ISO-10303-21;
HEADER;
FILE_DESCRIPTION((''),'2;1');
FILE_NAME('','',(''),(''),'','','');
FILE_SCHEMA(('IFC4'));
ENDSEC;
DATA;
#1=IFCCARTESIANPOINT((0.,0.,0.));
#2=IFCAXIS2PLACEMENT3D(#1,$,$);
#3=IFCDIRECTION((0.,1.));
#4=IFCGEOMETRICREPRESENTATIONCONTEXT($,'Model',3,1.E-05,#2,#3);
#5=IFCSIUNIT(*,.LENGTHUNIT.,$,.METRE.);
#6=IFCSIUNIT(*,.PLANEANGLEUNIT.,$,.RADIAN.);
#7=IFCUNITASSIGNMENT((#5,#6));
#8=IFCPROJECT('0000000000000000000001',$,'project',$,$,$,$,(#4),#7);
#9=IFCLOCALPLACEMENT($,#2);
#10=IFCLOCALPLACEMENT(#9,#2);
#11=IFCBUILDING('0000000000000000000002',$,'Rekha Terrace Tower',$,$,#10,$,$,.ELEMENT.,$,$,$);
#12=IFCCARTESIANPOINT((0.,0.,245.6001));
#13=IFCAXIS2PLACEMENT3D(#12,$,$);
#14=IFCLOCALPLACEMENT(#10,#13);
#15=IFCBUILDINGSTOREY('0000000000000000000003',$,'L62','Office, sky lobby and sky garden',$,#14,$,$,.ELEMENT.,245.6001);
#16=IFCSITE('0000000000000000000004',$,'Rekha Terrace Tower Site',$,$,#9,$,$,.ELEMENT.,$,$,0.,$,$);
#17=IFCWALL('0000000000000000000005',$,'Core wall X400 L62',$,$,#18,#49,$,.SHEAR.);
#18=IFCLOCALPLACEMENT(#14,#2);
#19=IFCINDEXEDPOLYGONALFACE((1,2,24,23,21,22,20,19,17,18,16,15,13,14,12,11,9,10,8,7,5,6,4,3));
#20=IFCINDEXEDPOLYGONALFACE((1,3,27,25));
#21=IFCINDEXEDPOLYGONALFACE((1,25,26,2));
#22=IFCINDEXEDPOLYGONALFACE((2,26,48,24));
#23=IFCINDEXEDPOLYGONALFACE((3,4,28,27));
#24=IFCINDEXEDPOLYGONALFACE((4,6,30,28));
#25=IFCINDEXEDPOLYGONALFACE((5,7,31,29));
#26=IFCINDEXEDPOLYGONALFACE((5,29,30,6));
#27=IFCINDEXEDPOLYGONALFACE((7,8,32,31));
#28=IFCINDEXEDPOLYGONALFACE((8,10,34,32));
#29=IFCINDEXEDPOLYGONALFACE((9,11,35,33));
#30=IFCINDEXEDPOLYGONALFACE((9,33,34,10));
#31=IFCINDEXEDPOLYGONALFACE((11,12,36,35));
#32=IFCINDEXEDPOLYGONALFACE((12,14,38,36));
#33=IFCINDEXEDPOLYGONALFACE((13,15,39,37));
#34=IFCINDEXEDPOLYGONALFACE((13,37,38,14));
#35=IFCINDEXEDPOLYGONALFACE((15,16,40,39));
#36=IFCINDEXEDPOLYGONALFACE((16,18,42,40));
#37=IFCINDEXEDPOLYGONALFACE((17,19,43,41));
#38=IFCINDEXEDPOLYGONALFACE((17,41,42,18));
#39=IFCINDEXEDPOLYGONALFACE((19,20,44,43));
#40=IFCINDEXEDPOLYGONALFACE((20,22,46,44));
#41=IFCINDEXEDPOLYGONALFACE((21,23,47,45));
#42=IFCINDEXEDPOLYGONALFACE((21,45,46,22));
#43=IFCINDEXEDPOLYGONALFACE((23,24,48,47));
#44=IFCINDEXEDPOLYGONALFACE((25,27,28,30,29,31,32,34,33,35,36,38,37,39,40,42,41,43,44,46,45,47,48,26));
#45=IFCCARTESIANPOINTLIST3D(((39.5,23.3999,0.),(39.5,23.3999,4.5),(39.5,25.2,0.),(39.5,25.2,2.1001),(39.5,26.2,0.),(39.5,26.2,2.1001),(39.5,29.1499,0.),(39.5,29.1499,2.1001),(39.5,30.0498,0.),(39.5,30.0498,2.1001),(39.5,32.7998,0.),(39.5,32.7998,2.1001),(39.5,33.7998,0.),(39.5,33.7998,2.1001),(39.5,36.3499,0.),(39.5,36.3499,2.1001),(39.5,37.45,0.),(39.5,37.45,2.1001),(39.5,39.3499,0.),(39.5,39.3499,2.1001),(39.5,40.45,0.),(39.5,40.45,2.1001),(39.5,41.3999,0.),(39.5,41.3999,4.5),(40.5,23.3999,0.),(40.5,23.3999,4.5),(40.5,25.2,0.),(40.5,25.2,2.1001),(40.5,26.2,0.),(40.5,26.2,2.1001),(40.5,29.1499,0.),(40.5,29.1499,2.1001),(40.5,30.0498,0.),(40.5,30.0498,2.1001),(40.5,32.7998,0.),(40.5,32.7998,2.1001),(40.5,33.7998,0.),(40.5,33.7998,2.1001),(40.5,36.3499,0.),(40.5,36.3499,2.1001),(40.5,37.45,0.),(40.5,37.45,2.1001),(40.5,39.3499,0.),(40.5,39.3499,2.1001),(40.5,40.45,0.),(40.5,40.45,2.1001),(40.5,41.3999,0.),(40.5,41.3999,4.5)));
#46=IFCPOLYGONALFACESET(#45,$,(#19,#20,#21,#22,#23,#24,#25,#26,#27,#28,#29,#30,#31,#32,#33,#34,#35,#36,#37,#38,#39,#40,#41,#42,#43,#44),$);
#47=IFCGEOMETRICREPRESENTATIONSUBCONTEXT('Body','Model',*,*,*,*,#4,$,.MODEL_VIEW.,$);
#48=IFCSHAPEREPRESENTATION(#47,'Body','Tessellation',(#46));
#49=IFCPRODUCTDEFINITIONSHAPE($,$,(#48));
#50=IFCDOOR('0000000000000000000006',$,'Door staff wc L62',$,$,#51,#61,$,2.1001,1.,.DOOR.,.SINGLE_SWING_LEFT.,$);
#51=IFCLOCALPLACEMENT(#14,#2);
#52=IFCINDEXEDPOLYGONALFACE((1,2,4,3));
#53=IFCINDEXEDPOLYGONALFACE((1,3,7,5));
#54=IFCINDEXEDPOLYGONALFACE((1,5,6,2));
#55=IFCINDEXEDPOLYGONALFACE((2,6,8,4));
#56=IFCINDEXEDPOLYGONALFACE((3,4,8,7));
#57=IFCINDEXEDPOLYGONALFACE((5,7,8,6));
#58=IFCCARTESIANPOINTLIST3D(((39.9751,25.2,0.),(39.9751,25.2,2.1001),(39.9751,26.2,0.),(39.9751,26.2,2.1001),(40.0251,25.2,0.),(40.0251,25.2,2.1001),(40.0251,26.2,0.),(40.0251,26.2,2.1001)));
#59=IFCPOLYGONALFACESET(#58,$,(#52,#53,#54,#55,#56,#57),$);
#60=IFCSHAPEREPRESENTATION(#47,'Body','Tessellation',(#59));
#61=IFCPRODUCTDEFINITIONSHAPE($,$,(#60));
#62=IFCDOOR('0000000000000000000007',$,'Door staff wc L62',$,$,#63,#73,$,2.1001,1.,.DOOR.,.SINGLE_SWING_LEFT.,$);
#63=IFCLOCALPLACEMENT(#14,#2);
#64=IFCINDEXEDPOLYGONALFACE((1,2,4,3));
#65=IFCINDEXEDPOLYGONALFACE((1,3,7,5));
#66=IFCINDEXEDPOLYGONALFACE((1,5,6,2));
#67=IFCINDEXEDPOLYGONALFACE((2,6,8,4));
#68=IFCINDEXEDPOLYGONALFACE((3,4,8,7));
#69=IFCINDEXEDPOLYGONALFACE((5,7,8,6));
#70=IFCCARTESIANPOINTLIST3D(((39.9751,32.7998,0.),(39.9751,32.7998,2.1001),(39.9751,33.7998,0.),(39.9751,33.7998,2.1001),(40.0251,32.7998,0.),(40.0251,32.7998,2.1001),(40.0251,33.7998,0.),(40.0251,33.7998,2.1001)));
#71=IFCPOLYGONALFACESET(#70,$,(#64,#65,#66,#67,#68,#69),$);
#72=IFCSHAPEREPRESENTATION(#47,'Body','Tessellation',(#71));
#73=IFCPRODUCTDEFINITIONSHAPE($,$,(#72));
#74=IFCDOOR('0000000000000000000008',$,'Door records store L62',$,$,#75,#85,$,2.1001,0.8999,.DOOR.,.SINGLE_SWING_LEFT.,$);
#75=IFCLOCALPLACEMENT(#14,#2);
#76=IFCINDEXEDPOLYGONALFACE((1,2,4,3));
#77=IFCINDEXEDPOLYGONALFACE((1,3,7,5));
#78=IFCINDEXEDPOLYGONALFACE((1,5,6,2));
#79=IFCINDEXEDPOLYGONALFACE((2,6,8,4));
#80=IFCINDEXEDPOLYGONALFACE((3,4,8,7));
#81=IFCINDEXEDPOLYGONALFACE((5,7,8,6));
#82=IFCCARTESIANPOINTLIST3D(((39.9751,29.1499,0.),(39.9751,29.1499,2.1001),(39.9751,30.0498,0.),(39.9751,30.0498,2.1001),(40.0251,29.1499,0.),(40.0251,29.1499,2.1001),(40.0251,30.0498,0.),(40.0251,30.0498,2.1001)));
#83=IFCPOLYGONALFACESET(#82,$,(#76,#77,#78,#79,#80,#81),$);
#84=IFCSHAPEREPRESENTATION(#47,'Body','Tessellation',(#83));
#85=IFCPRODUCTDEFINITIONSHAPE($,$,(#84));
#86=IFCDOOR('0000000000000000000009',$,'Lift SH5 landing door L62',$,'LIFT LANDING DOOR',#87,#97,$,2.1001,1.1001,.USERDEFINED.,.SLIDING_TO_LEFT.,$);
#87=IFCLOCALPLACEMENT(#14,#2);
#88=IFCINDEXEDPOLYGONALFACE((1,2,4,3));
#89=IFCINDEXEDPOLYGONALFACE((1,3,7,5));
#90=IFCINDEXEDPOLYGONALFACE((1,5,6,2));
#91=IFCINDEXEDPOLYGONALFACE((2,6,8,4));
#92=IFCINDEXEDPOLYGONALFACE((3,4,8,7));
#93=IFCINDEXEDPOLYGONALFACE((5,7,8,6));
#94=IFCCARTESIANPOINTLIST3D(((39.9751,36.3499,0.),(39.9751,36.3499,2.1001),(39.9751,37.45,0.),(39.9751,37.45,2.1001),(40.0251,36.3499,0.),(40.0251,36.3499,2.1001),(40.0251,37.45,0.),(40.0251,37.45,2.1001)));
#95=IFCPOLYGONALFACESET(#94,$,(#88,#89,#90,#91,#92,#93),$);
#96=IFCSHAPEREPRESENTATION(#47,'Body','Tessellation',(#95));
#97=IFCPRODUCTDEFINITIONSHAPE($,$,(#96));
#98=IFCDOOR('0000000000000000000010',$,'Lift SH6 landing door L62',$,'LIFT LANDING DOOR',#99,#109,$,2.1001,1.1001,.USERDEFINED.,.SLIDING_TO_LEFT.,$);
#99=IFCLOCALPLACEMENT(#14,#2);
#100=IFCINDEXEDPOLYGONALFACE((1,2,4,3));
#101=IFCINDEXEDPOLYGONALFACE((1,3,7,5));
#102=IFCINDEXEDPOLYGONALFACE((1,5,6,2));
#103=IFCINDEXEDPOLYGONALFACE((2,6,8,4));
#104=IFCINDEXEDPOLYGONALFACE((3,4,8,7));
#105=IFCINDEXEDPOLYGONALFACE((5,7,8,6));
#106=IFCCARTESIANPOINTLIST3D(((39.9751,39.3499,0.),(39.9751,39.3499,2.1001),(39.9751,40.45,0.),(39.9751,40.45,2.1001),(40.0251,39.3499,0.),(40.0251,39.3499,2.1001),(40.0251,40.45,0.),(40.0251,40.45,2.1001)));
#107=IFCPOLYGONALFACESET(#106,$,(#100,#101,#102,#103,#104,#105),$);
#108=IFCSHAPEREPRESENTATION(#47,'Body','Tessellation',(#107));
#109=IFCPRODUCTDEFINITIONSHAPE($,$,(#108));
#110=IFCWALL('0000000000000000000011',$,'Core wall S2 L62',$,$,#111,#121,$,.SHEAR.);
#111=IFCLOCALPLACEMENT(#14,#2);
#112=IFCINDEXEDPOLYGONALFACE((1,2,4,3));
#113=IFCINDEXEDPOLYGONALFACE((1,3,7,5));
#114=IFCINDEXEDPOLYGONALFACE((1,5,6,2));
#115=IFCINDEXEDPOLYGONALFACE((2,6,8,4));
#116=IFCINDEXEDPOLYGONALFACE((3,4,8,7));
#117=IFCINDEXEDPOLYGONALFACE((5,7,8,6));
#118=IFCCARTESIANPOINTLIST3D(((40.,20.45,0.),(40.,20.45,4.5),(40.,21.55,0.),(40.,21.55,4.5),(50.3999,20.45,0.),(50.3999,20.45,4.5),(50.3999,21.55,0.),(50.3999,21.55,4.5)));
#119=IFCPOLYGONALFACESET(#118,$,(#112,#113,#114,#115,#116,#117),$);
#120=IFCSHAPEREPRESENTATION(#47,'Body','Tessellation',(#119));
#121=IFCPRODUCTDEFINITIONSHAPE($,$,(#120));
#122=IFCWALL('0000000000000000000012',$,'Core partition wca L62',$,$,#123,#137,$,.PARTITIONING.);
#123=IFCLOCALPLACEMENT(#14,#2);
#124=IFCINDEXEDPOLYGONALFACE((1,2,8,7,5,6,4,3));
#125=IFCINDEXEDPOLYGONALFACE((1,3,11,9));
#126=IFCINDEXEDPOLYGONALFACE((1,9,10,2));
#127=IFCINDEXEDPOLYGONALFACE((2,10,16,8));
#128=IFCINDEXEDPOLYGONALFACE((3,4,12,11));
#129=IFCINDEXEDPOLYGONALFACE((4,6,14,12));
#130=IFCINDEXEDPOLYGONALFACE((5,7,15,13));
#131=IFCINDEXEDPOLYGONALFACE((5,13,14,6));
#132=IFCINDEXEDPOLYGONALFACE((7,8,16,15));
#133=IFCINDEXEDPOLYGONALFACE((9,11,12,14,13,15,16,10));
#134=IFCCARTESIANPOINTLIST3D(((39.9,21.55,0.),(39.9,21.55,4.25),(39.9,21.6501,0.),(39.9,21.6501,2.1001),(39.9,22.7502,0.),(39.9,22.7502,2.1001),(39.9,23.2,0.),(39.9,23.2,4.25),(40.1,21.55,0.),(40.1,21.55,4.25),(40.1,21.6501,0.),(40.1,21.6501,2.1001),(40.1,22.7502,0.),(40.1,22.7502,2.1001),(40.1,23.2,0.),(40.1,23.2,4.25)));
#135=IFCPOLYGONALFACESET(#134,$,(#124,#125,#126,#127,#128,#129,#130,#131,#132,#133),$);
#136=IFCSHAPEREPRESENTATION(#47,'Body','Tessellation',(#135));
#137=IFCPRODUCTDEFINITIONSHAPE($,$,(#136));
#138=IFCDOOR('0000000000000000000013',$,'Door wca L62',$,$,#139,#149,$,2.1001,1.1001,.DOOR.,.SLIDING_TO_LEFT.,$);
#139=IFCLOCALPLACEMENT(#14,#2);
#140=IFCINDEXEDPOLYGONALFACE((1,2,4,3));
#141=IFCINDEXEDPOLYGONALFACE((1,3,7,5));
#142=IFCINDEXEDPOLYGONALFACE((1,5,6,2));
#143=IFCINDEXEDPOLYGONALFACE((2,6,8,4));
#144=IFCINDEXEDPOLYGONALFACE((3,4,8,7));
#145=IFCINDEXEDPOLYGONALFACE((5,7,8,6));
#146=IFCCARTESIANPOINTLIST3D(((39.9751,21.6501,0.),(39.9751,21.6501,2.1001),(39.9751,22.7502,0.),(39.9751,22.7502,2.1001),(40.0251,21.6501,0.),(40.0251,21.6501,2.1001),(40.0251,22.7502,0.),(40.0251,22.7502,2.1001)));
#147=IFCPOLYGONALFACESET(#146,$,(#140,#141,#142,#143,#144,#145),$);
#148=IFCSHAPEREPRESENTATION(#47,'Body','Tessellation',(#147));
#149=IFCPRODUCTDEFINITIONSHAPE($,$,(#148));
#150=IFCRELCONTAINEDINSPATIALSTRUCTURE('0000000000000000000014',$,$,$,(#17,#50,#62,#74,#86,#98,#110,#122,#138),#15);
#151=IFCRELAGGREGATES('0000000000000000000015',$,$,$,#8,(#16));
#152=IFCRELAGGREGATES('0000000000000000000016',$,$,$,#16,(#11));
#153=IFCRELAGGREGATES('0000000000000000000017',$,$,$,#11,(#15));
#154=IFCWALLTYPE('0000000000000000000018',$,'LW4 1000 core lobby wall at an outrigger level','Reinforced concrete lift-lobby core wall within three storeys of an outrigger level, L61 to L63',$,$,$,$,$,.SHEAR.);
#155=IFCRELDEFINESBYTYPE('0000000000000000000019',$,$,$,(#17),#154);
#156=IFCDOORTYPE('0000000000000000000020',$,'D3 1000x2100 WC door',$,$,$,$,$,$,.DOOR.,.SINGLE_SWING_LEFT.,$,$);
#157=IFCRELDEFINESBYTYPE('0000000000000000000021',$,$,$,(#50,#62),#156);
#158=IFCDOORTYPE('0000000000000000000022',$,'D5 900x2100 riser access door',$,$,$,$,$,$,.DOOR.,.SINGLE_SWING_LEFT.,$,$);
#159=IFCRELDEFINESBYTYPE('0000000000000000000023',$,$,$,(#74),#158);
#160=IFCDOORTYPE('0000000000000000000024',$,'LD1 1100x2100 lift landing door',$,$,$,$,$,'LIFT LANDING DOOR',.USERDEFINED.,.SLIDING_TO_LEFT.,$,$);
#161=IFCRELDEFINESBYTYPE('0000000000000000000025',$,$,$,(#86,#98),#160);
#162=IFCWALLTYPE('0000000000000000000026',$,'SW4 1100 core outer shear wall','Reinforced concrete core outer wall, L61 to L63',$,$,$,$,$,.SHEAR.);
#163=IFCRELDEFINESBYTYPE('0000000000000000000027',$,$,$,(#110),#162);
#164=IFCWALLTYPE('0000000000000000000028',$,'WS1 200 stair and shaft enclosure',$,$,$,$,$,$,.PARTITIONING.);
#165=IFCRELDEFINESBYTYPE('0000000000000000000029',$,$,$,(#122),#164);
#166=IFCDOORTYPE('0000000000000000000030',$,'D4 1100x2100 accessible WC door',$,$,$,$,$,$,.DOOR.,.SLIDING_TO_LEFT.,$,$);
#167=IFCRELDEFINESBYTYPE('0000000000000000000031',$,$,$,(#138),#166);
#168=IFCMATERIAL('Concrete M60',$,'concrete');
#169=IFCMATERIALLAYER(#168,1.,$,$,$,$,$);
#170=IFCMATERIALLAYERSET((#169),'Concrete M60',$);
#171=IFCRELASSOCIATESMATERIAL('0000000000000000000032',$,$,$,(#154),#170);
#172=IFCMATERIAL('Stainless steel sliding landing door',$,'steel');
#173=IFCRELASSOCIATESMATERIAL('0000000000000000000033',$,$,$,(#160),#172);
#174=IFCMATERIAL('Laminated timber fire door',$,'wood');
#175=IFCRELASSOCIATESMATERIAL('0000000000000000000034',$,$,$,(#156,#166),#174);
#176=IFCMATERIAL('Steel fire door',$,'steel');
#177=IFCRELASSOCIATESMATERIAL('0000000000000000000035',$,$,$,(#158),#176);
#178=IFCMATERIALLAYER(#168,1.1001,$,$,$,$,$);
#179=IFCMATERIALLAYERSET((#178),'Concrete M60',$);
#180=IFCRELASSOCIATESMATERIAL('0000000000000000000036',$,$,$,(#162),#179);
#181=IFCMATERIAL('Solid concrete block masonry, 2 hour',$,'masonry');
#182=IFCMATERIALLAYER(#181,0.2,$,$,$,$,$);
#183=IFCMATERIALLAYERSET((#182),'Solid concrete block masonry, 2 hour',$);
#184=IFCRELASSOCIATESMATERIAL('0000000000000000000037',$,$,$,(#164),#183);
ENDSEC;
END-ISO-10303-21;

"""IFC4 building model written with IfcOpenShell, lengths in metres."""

from ifc_helpers import new_model, si_unit, direction, frame, frame_2d, origin, place, context, subcontext, project, spatial, rectangle, extrude, material, layer, layer_set, type_object, element, fill, save


model = new_model("IFC4")

# Units and contexts
model_context = context("Model", 3, precision=1e-05, world=origin(), true_north=direction((0.0, 1.0)))
body_context = subcontext(model_context, "Body", "Model", "MODEL_VIEW")
ifc_project = project(units=[si_unit("LENGTHUNIT", "METRE"), si_unit("PLANEANGLEUNIT", "RADIAN")], contexts=[model_context])

# Site, building, storey
site_placement = place(None, origin())
site = spatial("IfcSite", under=ifc_project, at=site_placement, Name="Rekha Terrace Tower Site", CompositionType="ELEMENT", RefElevation=0.0)
building_placement = place(site_placement, origin())
building = spatial("IfcBuilding", under=site, at=building_placement, Name="Rekha Terrace Tower", CompositionType="ELEMENT")
storey_placement = place(building_placement, frame((0.0, 0.0, 245.6001)))
storey = spatial("IfcBuildingStorey", under=building, at=storey_placement, Name="L62", Description="Office, sky lobby and sky garden", CompositionType="ELEMENT", Elevation=245.6001)

# Shared definitions
ifc_material_1 = material(Name="Concrete M60", Category="concrete")

# Wall, openings, doors
ifc_layer_1 = layer(ifc_material_1, 1.0)
ifc_layer_set_1 = layer_set([ifc_layer_1], Name="Concrete M60")
wall_type_1 = type_object("IfcWallType", Name="LW4 1000 core lobby wall at an outrigger level", Description="Reinforced concrete lift-lobby core wall within three storeys of an outrigger level, L61 to L63", PredefinedType="SHEAR", material=ifc_layer_set_1)
ifc_material_2 = material(Name="Stainless steel sliding landing door", Category="steel")
door_type_1 = type_object("IfcDoorType", Name="LD1 1100x2100 lift landing door", ElementType="LIFT LANDING DOOR", OperationType="SLIDING_TO_LEFT", PredefinedType="USERDEFINED", material=ifc_material_2)
wall_1_placement = place(storey_placement, frame((40.0, 23.3999, 0.0), z_axis=(0.0, 0.0, 1.0), x_axis=(0.0, 1.0, 0.0)))
wall_1 = element("IfcWall", 1, at=wall_1_placement, inside=storey, type_object=wall_type_1, Name="Core wall X400 L62", PredefinedType="SHEAR", context=body_context, shape_type="SweptSolid", body=[
    extrude(rectangle(XDim=18.0, YDim=1.0, at=frame_2d((9.0, 0.0))), origin(), (0.0, 0.0, 1.0), 4.5),
])
opening_1_placement = place(wall_1_placement, frame((1.8, 0.0, 0.0)))
opening_1 = element("IfcOpeningElement", 2, at=opening_1_placement, cuts=wall_1, PredefinedType="OPENING", context=body_context, shape_type="SweptSolid", body=[
    extrude(rectangle(XDim=1.0, YDim=2.1001, at=frame_2d((0.5, 1.05))), frame((0.0, 0.51, 0.0), z_axis=(0.0, -1.0, 0.0), x_axis=(1.0, 0.0, 0.0)), (0.0, 0.0, 1.0), 1.02),
])
opening_2_placement = place(wall_1_placement, frame((5.75, 0.0, 0.0)))
opening_2 = element("IfcOpeningElement", 3, at=opening_2_placement, cuts=wall_1, PredefinedType="OPENING", context=body_context, shape_type="SweptSolid", body=[
    extrude(rectangle(XDim=0.8999, YDim=2.1001, at=frame_2d((0.45, 1.05))), frame((0.0, 0.51, 0.0), z_axis=(0.0, -1.0, 0.0), x_axis=(1.0, 0.0, 0.0)), (0.0, 0.0, 1.0), 1.02),
])
opening_3_placement = place(wall_1_placement, frame((9.3999, 0.0, 0.0)))
opening_3 = element("IfcOpeningElement", 4, at=opening_3_placement, cuts=wall_1, PredefinedType="OPENING", context=body_context, shape_type="SweptSolid", body=[
    extrude(rectangle(XDim=1.0, YDim=2.1001, at=frame_2d((0.5, 1.05))), frame((0.0, 0.51, 0.0), z_axis=(0.0, -1.0, 0.0), x_axis=(1.0, 0.0, 0.0)), (0.0, 0.0, 1.0), 1.02),
])
opening_4_placement = place(wall_1_placement, frame((12.95, 0.0, 0.0)))
opening_4 = element("IfcOpeningElement", 5, at=opening_4_placement, cuts=wall_1, PredefinedType="OPENING", context=body_context, shape_type="SweptSolid", body=[
    extrude(rectangle(XDim=1.1001, YDim=2.1001, at=frame_2d((0.55, 1.05))), frame((0.0, 0.51, 0.0), z_axis=(0.0, -1.0, 0.0), x_axis=(1.0, 0.0, 0.0)), (0.0, 0.0, 1.0), 1.02),
])
opening_5_placement = place(wall_1_placement, frame((15.95, 0.0, 0.0)))
opening_5 = element("IfcOpeningElement", 6, at=opening_5_placement, cuts=wall_1, PredefinedType="OPENING", context=body_context, shape_type="SweptSolid", body=[
    extrude(rectangle(XDim=1.1001, YDim=2.1001, at=frame_2d((0.55, 1.05))), frame((0.0, 0.51, 0.0), z_axis=(0.0, -1.0, 0.0), x_axis=(1.0, 0.0, 0.0)), (0.0, 0.0, 1.0), 1.02),
])
ifc_material_3 = material(Name="Laminated timber fire door", Category="wood")
door_type_2 = type_object("IfcDoorType", Name="D3 1000x2100 WC door", OperationType="SINGLE_SWING_LEFT", PredefinedType="DOOR", material=ifc_material_3)
door_1_placement = place(opening_1_placement, origin())
door_1 = element("IfcDoor", 7, at=door_1_placement, inside=storey, type_object=door_type_2, Name="Door staff wc L62", OperationType="SINGLE_SWING_LEFT", OverallHeight=2.1001, OverallWidth=1.0, PredefinedType="DOOR", context=body_context, shape_type="SweptSolid", body=[
    extrude(rectangle(XDim=1.0, YDim=2.1001, at=frame_2d((0.5, 1.05))), frame((0.0, 0.0249, 0.0), z_axis=(0.0, -1.0, 0.0), x_axis=(1.0, 0.0, 0.0)), (0.0, 0.0, 1.0), 0.05),
])
fill(opening_1, door_1)
door_2_placement = place(opening_3_placement, origin())
door_2 = element("IfcDoor", 8, at=door_2_placement, inside=storey, type_object=door_type_2, Name="Door staff wc L62", OperationType="SINGLE_SWING_LEFT", OverallHeight=2.1001, OverallWidth=1.0, PredefinedType="DOOR", context=body_context, shape_type="SweptSolid", body=[
    extrude(rectangle(XDim=1.0, YDim=2.1001, at=frame_2d((0.5, 1.05))), frame((0.0, 0.0249, 0.0), z_axis=(0.0, -1.0, 0.0), x_axis=(1.0, 0.0, 0.0)), (0.0, 0.0, 1.0), 0.05),
])
fill(opening_3, door_2)
ifc_material_4 = material(Name="Steel fire door", Category="steel")
door_type_3 = type_object("IfcDoorType", Name="D5 900x2100 riser access door", OperationType="SINGLE_SWING_LEFT", PredefinedType="DOOR", material=ifc_material_4)
door_3_placement = place(opening_2_placement, origin())
door_3 = element("IfcDoor", 9, at=door_3_placement, inside=storey, type_object=door_type_3, Name="Door records store L62", OperationType="SINGLE_SWING_LEFT", OverallHeight=2.1001, OverallWidth=0.8999, PredefinedType="DOOR", context=body_context, shape_type="SweptSolid", body=[
    extrude(rectangle(XDim=0.8999, YDim=2.1001, at=frame_2d((0.45, 1.05))), frame((0.0, 0.0249, 0.0), z_axis=(0.0, -1.0, 0.0), x_axis=(1.0, 0.0, 0.0)), (0.0, 0.0, 1.0), 0.05),
])
fill(opening_2, door_3)
door_4_placement = place(opening_4_placement, origin())
door_4 = element("IfcDoor", 10, at=door_4_placement, inside=storey, type_object=door_type_1, Name="Lift SH5 landing door L62", ObjectType="LIFT LANDING DOOR", OperationType="SLIDING_TO_LEFT", OverallHeight=2.1001, OverallWidth=1.1001, PredefinedType="USERDEFINED", context=body_context, shape_type="SweptSolid", body=[
    extrude(rectangle(XDim=1.1001, YDim=2.1001, at=frame_2d((0.55, 1.05))), frame((0.0, 0.0249, 0.0), z_axis=(0.0, -1.0, 0.0), x_axis=(1.0, 0.0, 0.0)), (0.0, 0.0, 1.0), 0.05),
])
fill(opening_4, door_4)
door_5_placement = place(opening_5_placement, origin())
door_5 = element("IfcDoor", 11, at=door_5_placement, inside=storey, type_object=door_type_1, Name="Lift SH6 landing door L62", ObjectType="LIFT LANDING DOOR", OperationType="SLIDING_TO_LEFT", OverallHeight=2.1001, OverallWidth=1.1001, PredefinedType="USERDEFINED", context=body_context, shape_type="SweptSolid", body=[
    extrude(rectangle(XDim=1.1001, YDim=2.1001, at=frame_2d((0.55, 1.05))), frame((0.0, 0.0249, 0.0), z_axis=(0.0, -1.0, 0.0), x_axis=(1.0, 0.0, 0.0)), (0.0, 0.0, 1.0), 0.05),
])
fill(opening_5, door_5)

# Wall
ifc_layer_2 = layer(ifc_material_1, 1.1001)
ifc_layer_set_2 = layer_set([ifc_layer_2], Name="Concrete M60")
wall_type_2 = type_object("IfcWallType", Name="SW4 1100 core outer shear wall", Description="Reinforced concrete core outer wall, L61 to L63", PredefinedType="SHEAR", material=ifc_layer_set_2)
wall_2_placement = place(storey_placement, frame((40.0, 21.0, 0.0), z_axis=(0.0, 0.0, 1.0), x_axis=(1.0, 0.0, 0.0)))
element("IfcWall", 12, at=wall_2_placement, inside=storey, type_object=wall_type_2, Name="Core wall S2 L62", PredefinedType="SHEAR", context=body_context, shape_type="SweptSolid", body=[
    extrude(rectangle(XDim=10.3999, YDim=1.1001, at=frame_2d((5.2, 0.0))), origin(), (0.0, 0.0, 1.0), 4.5),
])

# Wall, opening, door
ifc_material_5 = material(Name="Solid concrete block masonry, 2 hour", Category="masonry")
ifc_layer_3 = layer(ifc_material_5, 0.2)
ifc_layer_set_3 = layer_set([ifc_layer_3], Name="Solid concrete block masonry, 2 hour")
wall_type_3 = type_object("IfcWallType", Name="WS1 200 stair and shaft enclosure", PredefinedType="PARTITIONING", material=ifc_layer_set_3)
wall_3_placement = place(storey_placement, frame((40.0, 21.55, 0.0), z_axis=(0.0, 0.0, 1.0), x_axis=(0.0, 1.0, 0.0)))
wall_3 = element("IfcWall", 13, at=wall_3_placement, inside=storey, type_object=wall_type_3, Name="Core partition wca L62", PredefinedType="PARTITIONING", context=body_context, shape_type="SweptSolid", body=[
    extrude(rectangle(XDim=1.6499, YDim=0.2, at=frame_2d((0.825, 0.0))), origin(), (0.0, 0.0, 1.0), 4.25),
])
opening_6_placement = place(wall_3_placement, frame((0.1001, 0.0, 0.0)))
opening_6 = element("IfcOpeningElement", 14, at=opening_6_placement, cuts=wall_3, PredefinedType="OPENING", context=body_context, shape_type="SweptSolid", body=[
    extrude(rectangle(XDim=1.1001, YDim=2.1001, at=frame_2d((0.55, 1.05))), frame((0.0, 0.1099, 0.0), z_axis=(0.0, -1.0, 0.0), x_axis=(1.0, 0.0, 0.0)), (0.0, 0.0, 1.0), 0.22),
])
door_type_4 = type_object("IfcDoorType", Name="D4 1100x2100 accessible WC door", OperationType="SLIDING_TO_LEFT", PredefinedType="DOOR", material=ifc_material_3)
door_6_placement = place(opening_6_placement, origin())
door_6 = element("IfcDoor", 15, at=door_6_placement, inside=storey, type_object=door_type_4, Name="Door wca L62", OperationType="SLIDING_TO_LEFT", OverallHeight=2.1001, OverallWidth=1.1001, PredefinedType="DOOR", context=body_context, shape_type="SweptSolid", body=[
    extrude(rectangle(XDim=1.1001, YDim=2.1001, at=frame_2d((0.55, 1.05))), frame((0.0, 0.0249, 0.0), z_axis=(0.0, -1.0, 0.0), x_axis=(1.0, 0.0, 0.0)), (0.0, 0.0, 1.0), 0.05),
])
fill(opening_6, door_6)

save(model, "model.ifc")
